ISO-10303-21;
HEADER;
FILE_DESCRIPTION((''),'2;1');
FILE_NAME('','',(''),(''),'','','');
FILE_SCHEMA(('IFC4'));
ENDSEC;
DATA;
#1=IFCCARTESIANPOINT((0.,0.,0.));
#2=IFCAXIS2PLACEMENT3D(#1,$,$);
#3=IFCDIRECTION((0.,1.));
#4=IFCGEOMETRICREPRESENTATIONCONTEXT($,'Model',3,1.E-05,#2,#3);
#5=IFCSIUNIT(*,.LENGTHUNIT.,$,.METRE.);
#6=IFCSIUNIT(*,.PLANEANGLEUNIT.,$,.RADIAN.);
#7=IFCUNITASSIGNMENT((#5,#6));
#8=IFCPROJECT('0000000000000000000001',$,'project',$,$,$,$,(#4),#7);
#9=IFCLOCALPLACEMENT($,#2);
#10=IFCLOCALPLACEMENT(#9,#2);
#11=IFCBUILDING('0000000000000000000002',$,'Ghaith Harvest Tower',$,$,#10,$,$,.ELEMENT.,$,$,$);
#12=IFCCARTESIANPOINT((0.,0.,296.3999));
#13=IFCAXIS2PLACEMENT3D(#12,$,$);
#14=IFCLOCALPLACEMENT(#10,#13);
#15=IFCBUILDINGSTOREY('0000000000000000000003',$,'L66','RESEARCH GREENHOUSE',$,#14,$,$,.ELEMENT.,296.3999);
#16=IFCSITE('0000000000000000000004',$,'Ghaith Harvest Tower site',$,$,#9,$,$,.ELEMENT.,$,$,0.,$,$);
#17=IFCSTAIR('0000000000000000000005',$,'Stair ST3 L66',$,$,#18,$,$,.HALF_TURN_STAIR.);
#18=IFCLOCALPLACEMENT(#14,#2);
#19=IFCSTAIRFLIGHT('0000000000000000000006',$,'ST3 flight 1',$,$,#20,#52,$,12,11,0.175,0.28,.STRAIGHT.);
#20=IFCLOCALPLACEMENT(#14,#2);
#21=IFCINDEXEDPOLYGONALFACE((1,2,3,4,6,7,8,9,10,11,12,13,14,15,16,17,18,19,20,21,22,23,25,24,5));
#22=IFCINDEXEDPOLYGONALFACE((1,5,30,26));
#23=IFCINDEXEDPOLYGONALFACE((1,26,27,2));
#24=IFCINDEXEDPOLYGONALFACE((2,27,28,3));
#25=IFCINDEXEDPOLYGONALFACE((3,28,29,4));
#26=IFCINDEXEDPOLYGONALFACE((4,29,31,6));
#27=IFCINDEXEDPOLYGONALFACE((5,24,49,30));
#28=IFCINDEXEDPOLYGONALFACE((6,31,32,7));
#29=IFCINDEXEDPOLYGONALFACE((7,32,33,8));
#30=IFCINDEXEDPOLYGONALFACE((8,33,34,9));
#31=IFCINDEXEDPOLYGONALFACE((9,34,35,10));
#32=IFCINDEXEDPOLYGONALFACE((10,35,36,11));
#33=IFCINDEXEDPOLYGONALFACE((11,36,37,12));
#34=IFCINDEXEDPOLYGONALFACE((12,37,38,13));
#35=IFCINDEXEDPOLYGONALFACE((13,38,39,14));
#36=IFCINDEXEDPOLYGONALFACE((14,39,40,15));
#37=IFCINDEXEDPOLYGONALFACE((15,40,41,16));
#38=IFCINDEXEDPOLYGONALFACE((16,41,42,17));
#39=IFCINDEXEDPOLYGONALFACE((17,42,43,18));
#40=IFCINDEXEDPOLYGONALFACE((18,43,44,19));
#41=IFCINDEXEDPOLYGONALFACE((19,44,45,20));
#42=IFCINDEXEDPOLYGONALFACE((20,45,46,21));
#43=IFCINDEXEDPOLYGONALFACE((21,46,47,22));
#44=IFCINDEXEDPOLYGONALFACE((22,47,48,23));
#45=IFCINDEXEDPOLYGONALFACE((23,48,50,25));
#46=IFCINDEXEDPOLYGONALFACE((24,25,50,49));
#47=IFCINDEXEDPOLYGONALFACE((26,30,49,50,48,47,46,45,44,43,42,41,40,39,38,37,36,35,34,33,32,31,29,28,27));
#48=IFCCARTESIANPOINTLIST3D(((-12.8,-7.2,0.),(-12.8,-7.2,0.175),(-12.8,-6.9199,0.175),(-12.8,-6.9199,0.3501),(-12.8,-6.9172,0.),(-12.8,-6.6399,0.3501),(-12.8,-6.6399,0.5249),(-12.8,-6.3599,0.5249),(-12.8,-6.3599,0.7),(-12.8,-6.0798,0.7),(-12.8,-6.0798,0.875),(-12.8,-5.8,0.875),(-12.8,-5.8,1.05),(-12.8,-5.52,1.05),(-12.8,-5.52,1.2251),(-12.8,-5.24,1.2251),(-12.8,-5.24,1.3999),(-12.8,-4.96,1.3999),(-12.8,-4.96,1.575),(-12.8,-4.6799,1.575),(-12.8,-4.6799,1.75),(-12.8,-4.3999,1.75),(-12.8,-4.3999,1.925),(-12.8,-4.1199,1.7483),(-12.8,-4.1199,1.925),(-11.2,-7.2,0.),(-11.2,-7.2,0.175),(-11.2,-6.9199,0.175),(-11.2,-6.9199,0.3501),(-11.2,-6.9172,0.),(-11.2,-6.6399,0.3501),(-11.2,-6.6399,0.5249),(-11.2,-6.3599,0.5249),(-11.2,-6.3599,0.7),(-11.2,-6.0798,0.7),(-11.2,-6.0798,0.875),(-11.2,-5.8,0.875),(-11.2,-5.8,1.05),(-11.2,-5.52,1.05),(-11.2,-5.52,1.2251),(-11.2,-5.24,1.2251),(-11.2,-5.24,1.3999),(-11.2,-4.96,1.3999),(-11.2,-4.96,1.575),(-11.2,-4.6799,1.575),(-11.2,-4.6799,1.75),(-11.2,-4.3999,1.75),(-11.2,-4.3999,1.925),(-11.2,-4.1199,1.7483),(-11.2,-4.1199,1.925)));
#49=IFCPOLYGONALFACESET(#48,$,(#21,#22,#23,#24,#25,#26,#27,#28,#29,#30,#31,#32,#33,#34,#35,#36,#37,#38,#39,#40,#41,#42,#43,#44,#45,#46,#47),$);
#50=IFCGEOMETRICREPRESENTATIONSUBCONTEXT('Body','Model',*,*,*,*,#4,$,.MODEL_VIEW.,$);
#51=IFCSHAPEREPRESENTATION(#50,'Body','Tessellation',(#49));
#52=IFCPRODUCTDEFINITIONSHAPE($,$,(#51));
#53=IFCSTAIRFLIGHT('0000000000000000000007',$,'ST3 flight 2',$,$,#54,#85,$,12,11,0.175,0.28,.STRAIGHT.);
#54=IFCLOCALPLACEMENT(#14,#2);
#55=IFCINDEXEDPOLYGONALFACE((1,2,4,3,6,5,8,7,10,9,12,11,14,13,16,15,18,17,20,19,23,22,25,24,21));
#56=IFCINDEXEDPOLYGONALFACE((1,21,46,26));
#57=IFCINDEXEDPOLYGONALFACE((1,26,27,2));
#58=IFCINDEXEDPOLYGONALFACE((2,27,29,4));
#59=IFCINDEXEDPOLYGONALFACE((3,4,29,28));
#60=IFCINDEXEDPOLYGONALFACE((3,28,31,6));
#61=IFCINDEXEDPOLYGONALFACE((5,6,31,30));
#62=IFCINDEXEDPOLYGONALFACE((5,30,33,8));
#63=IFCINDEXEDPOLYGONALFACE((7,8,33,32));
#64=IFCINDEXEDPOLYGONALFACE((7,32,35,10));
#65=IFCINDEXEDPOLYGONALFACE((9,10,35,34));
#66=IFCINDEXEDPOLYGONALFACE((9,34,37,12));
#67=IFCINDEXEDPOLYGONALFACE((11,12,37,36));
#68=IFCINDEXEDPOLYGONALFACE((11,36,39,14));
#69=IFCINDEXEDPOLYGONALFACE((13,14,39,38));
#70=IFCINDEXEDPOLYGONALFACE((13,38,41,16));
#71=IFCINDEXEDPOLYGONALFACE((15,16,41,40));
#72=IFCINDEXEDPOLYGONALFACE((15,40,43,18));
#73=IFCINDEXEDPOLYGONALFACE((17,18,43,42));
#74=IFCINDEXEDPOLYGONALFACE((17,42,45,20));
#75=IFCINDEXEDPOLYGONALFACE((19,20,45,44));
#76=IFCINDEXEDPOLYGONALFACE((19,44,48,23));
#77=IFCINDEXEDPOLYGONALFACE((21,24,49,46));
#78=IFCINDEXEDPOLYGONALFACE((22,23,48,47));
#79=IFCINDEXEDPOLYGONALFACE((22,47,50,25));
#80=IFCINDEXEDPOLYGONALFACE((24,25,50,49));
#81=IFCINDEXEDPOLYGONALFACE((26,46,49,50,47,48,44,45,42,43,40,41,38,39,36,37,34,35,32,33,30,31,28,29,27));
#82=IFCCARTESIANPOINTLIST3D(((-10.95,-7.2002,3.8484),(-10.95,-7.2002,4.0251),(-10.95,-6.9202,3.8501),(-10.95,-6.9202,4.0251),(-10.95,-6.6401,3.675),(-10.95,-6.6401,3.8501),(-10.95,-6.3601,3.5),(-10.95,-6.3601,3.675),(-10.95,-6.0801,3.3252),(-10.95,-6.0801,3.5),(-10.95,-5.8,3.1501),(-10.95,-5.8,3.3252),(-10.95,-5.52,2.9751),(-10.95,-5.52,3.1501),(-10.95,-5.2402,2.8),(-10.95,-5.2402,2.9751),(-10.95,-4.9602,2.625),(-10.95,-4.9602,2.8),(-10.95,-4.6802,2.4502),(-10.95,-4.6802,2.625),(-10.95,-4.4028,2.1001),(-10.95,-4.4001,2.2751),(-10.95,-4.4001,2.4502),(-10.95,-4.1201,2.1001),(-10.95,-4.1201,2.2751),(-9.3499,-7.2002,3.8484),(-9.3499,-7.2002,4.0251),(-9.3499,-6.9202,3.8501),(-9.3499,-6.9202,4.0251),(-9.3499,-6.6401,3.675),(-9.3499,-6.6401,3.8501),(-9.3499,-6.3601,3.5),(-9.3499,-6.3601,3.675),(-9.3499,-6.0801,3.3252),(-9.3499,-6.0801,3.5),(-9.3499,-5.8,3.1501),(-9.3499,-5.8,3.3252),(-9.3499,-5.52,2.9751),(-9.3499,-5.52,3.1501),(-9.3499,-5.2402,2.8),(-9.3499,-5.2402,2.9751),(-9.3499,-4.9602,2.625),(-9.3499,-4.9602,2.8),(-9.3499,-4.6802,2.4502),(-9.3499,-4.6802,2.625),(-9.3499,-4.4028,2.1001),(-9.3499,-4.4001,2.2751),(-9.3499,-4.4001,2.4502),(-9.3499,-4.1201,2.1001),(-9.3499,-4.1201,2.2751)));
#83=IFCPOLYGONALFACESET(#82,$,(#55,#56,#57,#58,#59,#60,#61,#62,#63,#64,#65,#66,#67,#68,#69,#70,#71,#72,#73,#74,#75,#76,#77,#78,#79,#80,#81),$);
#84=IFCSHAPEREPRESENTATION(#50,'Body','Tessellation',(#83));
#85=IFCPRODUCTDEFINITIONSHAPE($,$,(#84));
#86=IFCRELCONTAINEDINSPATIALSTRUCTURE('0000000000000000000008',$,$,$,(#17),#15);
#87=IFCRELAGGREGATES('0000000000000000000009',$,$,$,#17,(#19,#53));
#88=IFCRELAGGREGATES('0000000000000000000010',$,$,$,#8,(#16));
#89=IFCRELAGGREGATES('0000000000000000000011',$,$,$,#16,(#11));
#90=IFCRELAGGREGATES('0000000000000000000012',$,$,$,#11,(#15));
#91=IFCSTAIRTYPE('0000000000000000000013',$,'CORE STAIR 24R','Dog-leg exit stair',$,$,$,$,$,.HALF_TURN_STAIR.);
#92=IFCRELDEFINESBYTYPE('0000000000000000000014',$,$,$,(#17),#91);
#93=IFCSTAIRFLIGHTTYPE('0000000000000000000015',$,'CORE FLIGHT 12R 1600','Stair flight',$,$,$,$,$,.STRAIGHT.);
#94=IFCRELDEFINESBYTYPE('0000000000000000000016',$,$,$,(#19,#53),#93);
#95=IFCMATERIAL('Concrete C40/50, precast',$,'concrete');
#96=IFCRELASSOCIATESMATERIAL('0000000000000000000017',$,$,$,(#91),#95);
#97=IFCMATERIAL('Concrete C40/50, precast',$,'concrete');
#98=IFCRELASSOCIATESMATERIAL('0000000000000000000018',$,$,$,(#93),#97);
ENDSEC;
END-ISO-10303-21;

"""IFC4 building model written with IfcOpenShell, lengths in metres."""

from ifc_helpers import new_model, si_unit, direction, frame, origin, place, context, subcontext, project, spatial, polyline, outline, extrude, material, type_object, element, aggregate, save


model = new_model("IFC4")

# Units and contexts
model_context = context("Model", 3, precision=1e-05, world=origin(), true_north=direction((0.0, 1.0)))
body_context = subcontext(model_context, "Body", "Model", "MODEL_VIEW")
ifc_project = project(units=[si_unit("LENGTHUNIT", "METRE"), si_unit("PLANEANGLEUNIT", "RADIAN")], contexts=[model_context])

# Site, building, storey
site_placement = place(None, origin())
site = spatial("IfcSite", under=ifc_project, at=site_placement, Name="Ghaith Harvest Tower site", CompositionType="ELEMENT", RefElevation=0.0)
building_placement = place(site_placement, origin())
building = spatial("IfcBuilding", under=site, at=building_placement, Name="Ghaith Harvest Tower", CompositionType="ELEMENT")
storey_placement = place(building_placement, frame((0.0, 0.0, 296.3999)))
storey = spatial("IfcBuildingStorey", under=building, at=storey_placement, Name="L66", Description="RESEARCH GREENHOUSE", CompositionType="ELEMENT", Elevation=296.3999)

# Stair, stair flights
ifc_material_1 = material(Name="Concrete C40/50, precast", Category="concrete")
stair_type = type_object("IfcStairType", Name="CORE STAIR 24R", Description="Dog-leg exit stair", PredefinedType="HALF_TURN_STAIR", material=ifc_material_1)
stair_placement = place(storey_placement, origin())
stair = element("IfcStair", 1, at=stair_placement, inside=storey, type_object=stair_type, Name="Stair ST3 L66", PredefinedType="HALF_TURN_STAIR")
ifc_material_2 = material(Name="Concrete C40/50, precast", Category="concrete")
stair_flight_type = type_object("IfcStairFlightType", Name="CORE FLIGHT 12R 1600", Description="Stair flight", PredefinedType="STRAIGHT", material=ifc_material_2)
stair_flight_1_placement = place(storey_placement, frame((-12.0, -7.2, 0.0), z_axis=(0.0, 0.0, 1.0), x_axis=(0.0, 1.0, 0.0)))
stair_flight_1 = element("IfcStairFlight", 2, at=stair_flight_1_placement, type_object=stair_flight_type, Name="ST3 flight 1", NumberOfRisers=12, NumberOfTreads=11, PredefinedType="STRAIGHT", RiserHeight=0.175, TreadLength=0.28, context=body_context, shape_type="SweptSolid", body=[
    extrude(outline(polyline([(0.0, 0.0), (0.0, 0.175), (0.28, 0.175), (0.28, 0.3501), (0.5601, 0.3501), (0.5601, 0.5249), (0.8401, 0.5249), (0.8401, 0.7), (1.1201, 0.7), (1.1201, 0.875), (1.3999, 0.875), (1.3999, 1.05), (1.6799, 1.05), (1.6799, 1.2251), (1.96, 1.2251), (1.96, 1.3999), (2.24, 1.3999), (2.24, 1.575), (2.52, 1.575), (2.52, 1.75), (2.8, 1.75), (2.8, 1.925), (3.0801, 1.925), (3.0801, 2.1001), (3.0801, 1.7483), (0.2827, 0.0), (0.0, 0.0)])), frame((0.0, 0.8, 0.0), z_axis=(0.0, -1.0, 0.0), x_axis=(1.0, 0.0, 0.0)), (0.0, 0.0, 1.0), 1.6001),
])
stair_flight_2_placement = place(storey_placement, frame((-10.1499, -4.1201, 2.1001), z_axis=(0.0, 0.0, 1.0), x_axis=(0.0, -1.0, 0.0)))
stair_flight_2 = element("IfcStairFlight", 3, at=stair_flight_2_placement, type_object=stair_flight_type, Name="ST3 flight 2", NumberOfRisers=12, NumberOfTreads=11, PredefinedType="STRAIGHT", RiserHeight=0.175, TreadLength=0.28, context=body_context, shape_type="SweptSolid", body=[
    extrude(outline(polyline([(0.0, 0.0), (0.0, 0.175), (0.28, 0.175), (0.28, 0.3501), (0.5601, 0.3501), (0.5601, 0.5249), (0.8401, 0.5249), (0.8401, 0.7), (1.1201, 0.7), (1.1201, 0.875), (1.3999, 0.875), (1.3999, 1.05), (1.6799, 1.05), (1.6799, 1.2251), (1.96, 1.2251), (1.96, 1.3999), (2.24, 1.3999), (2.24, 1.575), (2.52, 1.575), (2.52, 1.75), (2.8, 1.75), (2.8, 1.925), (3.0801, 1.925), (3.0801, 2.1001), (3.0801, 1.7483), (0.2827, 0.0), (0.0, 0.0)])), frame((0.0, 0.8, 0.0), z_axis=(0.0, -1.0, 0.0), x_axis=(1.0, 0.0, 0.0)), (0.0, 0.0, 1.0), 1.6001),
])
aggregate(stair, [stair_flight_1, stair_flight_2])

save(model, "model.ifc")
